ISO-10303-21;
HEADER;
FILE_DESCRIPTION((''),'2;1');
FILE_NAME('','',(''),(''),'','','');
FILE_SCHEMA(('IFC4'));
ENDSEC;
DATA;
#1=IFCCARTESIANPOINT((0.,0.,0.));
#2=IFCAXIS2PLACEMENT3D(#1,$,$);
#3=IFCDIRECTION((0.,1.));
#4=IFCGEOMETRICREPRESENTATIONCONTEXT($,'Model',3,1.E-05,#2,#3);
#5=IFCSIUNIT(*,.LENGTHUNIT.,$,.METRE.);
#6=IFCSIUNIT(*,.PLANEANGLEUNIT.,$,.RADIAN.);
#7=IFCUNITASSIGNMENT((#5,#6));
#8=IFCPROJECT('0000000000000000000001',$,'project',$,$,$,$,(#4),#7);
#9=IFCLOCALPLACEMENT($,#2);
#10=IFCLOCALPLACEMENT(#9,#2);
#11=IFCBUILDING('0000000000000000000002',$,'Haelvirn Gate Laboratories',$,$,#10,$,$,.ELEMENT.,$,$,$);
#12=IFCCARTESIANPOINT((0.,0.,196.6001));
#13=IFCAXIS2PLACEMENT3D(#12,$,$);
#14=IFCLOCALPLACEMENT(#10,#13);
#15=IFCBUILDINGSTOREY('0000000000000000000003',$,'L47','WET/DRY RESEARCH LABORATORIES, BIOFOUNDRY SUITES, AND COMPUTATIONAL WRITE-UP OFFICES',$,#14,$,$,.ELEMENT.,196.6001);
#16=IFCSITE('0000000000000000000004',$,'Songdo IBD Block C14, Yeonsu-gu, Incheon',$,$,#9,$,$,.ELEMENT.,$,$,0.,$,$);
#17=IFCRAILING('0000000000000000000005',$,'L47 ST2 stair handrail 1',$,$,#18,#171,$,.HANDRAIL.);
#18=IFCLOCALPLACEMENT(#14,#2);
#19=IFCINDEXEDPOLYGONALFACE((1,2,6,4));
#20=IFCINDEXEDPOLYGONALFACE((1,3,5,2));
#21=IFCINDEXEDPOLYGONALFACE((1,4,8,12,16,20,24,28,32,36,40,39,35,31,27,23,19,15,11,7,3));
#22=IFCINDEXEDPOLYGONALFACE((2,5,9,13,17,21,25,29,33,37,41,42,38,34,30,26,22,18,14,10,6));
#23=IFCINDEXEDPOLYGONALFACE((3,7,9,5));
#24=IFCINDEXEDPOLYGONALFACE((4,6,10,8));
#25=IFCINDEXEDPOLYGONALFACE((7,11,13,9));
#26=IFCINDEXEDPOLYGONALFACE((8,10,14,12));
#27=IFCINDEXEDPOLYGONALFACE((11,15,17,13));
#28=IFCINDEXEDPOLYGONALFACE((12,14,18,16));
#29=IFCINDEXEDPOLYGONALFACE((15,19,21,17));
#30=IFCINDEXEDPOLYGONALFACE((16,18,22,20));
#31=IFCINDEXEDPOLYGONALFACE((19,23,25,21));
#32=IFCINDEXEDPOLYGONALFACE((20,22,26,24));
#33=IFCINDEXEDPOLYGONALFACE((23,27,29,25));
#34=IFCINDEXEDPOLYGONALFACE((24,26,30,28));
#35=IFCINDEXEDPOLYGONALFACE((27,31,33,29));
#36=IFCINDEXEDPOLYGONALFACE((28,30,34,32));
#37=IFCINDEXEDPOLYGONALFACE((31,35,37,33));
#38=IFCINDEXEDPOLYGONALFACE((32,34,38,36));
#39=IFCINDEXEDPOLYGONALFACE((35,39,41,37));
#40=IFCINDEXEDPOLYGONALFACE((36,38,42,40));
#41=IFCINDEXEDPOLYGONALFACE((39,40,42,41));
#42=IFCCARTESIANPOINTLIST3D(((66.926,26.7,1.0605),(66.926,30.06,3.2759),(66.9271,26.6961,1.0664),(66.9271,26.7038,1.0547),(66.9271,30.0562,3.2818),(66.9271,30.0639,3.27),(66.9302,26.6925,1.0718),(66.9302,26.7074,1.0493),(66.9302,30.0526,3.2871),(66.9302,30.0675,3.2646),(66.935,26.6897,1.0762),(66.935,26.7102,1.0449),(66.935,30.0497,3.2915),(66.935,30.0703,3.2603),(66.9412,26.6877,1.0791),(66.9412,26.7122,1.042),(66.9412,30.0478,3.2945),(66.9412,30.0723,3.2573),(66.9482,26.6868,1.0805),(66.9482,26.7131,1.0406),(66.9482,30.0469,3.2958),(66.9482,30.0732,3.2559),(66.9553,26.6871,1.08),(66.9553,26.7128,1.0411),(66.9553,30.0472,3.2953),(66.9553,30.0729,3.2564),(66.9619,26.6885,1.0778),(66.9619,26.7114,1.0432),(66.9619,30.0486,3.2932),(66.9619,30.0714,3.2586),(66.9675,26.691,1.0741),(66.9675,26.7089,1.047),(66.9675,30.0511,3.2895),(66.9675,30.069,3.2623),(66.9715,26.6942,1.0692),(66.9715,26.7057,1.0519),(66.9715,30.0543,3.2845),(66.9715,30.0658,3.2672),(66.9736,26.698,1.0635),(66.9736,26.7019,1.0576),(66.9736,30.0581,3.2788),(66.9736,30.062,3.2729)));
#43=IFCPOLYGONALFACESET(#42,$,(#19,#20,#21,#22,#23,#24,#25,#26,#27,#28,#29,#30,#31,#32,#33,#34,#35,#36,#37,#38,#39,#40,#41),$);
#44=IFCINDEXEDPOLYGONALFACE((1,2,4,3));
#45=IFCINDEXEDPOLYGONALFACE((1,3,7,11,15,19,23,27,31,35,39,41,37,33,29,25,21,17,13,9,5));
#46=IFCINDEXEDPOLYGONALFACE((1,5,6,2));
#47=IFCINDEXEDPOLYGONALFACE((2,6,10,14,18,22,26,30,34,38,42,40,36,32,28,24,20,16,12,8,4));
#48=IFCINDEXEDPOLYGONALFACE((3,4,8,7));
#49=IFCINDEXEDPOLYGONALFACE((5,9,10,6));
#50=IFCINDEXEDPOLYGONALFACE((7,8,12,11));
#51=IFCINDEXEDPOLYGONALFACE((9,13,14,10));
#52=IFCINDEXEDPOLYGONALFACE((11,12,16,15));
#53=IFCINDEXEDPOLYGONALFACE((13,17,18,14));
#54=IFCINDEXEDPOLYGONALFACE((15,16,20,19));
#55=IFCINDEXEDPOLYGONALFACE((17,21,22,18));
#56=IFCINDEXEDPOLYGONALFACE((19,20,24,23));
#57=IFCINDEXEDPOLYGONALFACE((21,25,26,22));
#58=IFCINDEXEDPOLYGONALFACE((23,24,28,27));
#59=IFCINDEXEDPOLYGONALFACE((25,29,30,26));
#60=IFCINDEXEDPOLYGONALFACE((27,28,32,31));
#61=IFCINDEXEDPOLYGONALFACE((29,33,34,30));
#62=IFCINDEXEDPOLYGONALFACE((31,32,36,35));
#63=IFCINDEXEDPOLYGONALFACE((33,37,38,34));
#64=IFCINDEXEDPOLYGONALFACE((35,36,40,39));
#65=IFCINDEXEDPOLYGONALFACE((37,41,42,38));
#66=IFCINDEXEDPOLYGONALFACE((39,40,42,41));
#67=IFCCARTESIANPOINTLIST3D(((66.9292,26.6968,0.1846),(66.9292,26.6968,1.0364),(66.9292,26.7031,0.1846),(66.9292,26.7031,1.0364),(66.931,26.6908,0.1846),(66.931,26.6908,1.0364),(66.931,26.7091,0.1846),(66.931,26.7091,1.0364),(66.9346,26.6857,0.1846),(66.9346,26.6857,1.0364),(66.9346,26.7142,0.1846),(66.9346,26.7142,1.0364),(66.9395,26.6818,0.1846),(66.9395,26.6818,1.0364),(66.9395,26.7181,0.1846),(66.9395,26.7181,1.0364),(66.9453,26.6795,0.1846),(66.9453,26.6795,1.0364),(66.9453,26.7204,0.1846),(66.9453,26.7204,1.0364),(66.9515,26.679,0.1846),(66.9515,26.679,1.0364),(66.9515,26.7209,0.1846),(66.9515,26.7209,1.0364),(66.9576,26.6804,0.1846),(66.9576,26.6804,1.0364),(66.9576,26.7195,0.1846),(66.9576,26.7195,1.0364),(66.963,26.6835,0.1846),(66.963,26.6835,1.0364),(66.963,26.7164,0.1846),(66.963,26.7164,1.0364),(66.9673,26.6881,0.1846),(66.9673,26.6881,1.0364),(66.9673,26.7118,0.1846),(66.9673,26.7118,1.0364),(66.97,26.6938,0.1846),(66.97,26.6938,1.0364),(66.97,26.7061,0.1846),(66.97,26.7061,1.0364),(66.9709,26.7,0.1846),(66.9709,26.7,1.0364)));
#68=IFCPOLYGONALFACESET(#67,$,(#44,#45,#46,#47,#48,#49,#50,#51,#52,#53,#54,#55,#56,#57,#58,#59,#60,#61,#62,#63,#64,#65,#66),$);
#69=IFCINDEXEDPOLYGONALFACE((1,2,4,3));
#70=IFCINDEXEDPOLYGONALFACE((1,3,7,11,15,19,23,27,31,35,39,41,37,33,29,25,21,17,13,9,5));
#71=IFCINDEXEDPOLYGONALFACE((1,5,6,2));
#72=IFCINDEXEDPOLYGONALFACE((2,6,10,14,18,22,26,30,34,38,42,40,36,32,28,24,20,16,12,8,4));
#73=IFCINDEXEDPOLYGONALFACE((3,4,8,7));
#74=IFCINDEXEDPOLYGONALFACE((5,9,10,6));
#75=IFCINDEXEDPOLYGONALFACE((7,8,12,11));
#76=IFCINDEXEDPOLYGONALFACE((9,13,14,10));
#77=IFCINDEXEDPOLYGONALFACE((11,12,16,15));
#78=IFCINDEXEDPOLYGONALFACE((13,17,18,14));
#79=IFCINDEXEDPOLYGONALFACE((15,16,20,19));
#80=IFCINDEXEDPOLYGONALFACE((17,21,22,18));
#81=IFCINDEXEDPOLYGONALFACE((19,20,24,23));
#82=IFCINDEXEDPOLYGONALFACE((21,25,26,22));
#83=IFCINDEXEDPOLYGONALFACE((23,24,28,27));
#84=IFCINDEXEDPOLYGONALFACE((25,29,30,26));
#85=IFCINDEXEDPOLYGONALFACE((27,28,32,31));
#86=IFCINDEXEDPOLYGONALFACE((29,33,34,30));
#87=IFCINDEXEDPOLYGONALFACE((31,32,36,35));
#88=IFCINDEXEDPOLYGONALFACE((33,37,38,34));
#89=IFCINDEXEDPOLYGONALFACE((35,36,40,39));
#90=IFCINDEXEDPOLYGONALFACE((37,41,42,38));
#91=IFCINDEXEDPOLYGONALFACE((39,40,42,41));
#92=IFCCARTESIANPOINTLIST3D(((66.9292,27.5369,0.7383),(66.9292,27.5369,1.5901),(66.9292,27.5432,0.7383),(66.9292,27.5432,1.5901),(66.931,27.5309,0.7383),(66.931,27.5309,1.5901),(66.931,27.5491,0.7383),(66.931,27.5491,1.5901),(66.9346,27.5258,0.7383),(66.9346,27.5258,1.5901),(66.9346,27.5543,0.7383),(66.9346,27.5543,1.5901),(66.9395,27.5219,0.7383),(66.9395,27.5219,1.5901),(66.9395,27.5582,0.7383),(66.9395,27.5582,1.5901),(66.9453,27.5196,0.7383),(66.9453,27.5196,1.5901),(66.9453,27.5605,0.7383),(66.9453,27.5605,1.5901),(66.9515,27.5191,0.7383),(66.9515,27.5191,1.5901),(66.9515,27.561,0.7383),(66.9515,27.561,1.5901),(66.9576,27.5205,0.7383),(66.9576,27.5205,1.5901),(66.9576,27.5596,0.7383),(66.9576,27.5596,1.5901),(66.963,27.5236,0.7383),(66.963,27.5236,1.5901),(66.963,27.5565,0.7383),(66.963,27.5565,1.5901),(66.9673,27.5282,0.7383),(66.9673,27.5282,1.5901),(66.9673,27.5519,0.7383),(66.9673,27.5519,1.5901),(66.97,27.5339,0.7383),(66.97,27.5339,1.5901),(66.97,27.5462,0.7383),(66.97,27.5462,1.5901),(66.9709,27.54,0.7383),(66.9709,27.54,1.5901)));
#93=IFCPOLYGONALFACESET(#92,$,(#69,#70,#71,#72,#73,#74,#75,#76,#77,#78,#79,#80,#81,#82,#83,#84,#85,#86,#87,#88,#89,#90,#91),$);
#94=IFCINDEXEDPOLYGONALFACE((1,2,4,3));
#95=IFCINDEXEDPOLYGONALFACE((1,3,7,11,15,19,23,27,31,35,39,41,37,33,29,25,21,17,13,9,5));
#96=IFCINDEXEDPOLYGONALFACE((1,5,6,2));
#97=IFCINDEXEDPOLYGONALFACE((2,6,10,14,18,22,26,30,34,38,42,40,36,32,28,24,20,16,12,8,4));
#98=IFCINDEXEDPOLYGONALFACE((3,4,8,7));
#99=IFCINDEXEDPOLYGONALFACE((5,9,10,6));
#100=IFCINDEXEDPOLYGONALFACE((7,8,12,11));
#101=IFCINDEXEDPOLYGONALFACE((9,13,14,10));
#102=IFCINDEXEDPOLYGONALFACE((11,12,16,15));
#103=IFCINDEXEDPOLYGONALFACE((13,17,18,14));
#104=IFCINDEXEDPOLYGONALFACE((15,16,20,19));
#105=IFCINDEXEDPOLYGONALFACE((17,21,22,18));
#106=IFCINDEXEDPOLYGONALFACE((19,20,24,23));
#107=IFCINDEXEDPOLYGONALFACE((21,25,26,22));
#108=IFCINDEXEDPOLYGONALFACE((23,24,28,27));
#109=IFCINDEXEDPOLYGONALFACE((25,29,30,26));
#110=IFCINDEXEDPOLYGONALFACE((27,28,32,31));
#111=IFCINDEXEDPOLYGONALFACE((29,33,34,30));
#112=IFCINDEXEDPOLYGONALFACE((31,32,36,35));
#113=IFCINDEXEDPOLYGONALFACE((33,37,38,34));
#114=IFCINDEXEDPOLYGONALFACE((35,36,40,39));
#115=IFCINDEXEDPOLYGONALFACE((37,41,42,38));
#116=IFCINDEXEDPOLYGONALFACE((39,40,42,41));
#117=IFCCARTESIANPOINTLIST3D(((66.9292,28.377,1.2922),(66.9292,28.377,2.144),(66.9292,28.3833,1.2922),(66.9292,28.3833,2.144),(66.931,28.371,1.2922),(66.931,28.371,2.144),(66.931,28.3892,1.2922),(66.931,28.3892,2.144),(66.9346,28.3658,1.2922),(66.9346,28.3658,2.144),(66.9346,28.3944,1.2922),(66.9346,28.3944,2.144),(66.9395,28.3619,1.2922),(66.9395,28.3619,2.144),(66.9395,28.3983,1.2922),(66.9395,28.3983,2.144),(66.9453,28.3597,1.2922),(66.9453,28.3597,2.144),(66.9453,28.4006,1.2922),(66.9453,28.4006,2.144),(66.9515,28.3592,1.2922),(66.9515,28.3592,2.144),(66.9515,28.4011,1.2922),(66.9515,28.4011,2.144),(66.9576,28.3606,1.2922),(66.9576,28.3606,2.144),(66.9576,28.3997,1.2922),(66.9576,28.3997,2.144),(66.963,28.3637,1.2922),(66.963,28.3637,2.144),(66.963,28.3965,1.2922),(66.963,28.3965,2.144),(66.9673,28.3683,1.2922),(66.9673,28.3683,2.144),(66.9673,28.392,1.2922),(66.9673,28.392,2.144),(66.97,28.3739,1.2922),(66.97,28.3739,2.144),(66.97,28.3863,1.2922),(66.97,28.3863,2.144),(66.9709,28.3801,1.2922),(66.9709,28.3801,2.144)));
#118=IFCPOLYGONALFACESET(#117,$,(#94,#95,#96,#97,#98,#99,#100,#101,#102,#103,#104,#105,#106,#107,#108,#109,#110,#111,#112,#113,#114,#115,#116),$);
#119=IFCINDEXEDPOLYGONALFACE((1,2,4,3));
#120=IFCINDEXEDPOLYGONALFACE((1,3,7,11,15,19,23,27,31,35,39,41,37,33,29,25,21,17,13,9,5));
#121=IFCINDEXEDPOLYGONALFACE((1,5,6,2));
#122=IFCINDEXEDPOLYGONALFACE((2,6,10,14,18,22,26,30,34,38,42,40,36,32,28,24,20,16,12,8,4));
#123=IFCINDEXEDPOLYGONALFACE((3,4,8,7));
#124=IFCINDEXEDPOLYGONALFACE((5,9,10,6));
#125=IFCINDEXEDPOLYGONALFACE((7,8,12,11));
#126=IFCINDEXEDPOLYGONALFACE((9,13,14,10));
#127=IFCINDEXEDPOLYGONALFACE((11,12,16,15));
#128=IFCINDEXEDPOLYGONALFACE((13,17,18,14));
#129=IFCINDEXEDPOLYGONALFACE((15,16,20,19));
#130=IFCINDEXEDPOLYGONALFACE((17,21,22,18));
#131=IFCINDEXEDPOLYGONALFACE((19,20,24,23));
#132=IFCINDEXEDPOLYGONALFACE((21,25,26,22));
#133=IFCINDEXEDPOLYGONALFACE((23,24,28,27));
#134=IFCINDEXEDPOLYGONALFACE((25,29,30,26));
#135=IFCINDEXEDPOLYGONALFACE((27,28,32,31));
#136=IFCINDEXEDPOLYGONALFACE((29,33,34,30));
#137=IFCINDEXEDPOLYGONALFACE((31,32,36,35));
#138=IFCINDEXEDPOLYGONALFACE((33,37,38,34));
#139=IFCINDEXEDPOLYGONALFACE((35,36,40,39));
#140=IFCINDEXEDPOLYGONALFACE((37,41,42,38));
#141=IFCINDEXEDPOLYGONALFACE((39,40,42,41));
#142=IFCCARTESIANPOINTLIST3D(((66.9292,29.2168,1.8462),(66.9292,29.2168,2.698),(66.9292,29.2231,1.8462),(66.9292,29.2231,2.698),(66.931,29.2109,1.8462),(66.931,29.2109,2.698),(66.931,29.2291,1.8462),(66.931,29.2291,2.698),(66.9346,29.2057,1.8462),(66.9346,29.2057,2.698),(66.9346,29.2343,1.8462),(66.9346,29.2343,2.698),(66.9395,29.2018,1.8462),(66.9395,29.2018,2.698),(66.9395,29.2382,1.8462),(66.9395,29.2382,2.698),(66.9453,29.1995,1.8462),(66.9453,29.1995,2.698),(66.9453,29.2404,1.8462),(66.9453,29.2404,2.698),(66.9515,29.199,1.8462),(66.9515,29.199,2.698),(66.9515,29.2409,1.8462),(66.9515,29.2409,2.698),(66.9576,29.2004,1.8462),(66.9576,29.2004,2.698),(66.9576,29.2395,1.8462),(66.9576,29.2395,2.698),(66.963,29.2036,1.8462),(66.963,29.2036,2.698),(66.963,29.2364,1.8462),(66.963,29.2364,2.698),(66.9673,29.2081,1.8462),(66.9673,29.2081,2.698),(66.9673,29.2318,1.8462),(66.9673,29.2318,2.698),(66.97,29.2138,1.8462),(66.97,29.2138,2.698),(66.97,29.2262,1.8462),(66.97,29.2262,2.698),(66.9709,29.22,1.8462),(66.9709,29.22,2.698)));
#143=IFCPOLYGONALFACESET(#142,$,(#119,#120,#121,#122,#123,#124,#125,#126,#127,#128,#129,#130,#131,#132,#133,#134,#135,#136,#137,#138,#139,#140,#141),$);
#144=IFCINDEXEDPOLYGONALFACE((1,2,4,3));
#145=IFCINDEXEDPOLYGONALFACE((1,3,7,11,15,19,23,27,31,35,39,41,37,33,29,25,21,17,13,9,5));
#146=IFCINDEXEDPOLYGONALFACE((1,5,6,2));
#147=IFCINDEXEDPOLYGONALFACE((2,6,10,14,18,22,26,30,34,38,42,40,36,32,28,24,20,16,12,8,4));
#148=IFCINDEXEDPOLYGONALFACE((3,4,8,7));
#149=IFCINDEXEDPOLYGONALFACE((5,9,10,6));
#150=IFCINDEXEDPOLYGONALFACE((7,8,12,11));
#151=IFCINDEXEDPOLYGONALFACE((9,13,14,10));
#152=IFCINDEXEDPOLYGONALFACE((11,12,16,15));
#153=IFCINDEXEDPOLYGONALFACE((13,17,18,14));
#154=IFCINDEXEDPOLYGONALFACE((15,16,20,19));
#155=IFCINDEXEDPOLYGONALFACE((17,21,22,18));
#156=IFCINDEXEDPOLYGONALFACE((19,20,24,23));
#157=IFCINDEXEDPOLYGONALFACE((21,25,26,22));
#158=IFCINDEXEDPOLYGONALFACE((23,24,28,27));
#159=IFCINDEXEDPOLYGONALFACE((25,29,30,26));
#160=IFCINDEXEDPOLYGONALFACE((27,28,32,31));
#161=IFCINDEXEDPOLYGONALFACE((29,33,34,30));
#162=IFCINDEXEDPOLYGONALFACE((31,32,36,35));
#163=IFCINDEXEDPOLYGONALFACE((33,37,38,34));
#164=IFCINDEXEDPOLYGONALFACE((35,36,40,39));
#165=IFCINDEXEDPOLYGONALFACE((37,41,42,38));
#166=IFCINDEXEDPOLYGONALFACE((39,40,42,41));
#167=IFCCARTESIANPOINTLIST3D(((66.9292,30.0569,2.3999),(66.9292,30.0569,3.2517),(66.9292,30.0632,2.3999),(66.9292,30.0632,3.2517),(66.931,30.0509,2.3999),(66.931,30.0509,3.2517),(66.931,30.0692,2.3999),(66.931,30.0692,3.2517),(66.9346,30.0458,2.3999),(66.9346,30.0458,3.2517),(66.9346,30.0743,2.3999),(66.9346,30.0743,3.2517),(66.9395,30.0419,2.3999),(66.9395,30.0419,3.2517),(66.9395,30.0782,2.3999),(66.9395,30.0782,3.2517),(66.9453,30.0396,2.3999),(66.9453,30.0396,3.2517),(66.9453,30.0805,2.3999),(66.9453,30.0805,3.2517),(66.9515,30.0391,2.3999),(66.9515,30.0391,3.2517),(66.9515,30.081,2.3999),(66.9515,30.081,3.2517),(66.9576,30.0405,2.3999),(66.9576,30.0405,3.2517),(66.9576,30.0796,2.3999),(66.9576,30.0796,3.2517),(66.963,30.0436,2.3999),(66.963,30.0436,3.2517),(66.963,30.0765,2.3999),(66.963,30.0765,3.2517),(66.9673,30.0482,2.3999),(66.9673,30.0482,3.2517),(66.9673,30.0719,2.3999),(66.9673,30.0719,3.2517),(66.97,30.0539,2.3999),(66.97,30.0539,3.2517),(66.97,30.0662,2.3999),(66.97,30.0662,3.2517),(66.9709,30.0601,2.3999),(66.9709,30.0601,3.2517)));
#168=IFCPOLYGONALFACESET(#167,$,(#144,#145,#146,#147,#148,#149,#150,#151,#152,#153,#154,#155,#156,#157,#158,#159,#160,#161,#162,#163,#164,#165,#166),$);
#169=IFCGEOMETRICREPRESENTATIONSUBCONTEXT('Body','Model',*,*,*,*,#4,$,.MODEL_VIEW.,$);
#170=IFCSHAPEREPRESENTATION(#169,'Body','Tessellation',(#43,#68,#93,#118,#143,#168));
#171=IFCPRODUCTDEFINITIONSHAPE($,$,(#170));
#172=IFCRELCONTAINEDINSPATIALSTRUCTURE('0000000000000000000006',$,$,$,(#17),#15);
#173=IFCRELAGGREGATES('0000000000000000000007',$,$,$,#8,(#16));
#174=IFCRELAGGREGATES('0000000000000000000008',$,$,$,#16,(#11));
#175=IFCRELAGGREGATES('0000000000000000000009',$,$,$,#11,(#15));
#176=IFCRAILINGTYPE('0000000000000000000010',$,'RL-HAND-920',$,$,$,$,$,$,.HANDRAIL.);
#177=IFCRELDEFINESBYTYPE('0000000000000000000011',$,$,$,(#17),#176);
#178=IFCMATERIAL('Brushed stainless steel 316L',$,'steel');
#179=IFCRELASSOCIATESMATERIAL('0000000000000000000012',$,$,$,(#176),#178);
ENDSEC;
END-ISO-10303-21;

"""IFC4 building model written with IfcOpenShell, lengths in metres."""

from ifc_helpers import new_model, si_unit, direction, frame, origin, origin_2d, place, context, subcontext, project, spatial, circle, extrude, source, transform, mapped, material, type_object, element, save


model = new_model("IFC4")

# Units and contexts
model_context = context("Model", 3, precision=1e-05, world=origin(), true_north=direction((0.0, 1.0)))
body_context = subcontext(model_context, "Body", "Model", "MODEL_VIEW")
ifc_project = project(units=[si_unit("LENGTHUNIT", "METRE"), si_unit("PLANEANGLEUNIT", "RADIAN")], contexts=[model_context])

# Site, building, storey
site_placement = place(None, origin())
site = spatial("IfcSite", under=ifc_project, at=site_placement, Name="Songdo IBD Block C14, Yeonsu-gu, Incheon", CompositionType="ELEMENT", RefElevation=0.0)
building_placement = place(site_placement, origin())
building = spatial("IfcBuilding", under=site, at=building_placement, Name="Haelvirn Gate Laboratories", CompositionType="ELEMENT")
storey_placement = place(building_placement, frame((0.0, 0.0, 196.6001)))
storey = spatial("IfcBuildingStorey", under=building, at=storey_placement, Name="L47", Description="WET/DRY RESEARCH LABORATORIES, BIOFOUNDRY SUITES, AND COMPUTATIONAL WRITE-UP OFFICES", CompositionType="ELEMENT", Elevation=196.6001)

# Railing
ifc_material_1 = material(Name="Brushed stainless steel 316L", Category="steel")
railing_type_1 = type_object("IfcRailingType", Name="RL-HAND-920", PredefinedType="HANDRAIL", material=ifc_material_1)
shared_shape_1 = source(origin(), body_context, "Body", "SweptSolid", [
    extrude(circle(Radius=0.0239, at=origin_2d()), frame((0.0, 0.0, 0.876), z_axis=(0.0, 0.834876, 0.550437), x_axis=(-1.0, 0.0, 0.0)), (0.0, 0.0, 1.0), 4.0247),
    extrude(circle(Radius=0.021, at=origin_2d()), origin(), (0.0, 0.0, 1.0), 0.8518),
    extrude(circle(Radius=0.021, at=origin_2d()), frame((0.0, 0.8401, 0.5537)), (0.0, 0.0, 1.0), 0.8518),
    extrude(circle(Radius=0.021, at=origin_2d()), frame((0.0, 1.6802, 1.1077)), (0.0, 0.0, 1.0), 0.8518),
    extrude(circle(Radius=0.021, at=origin_2d()), frame((0.0, 2.52, 1.6616)), (0.0, 0.0, 1.0), 0.8518),
    extrude(circle(Radius=0.021, at=origin_2d()), frame((0.0, 3.3601, 2.2153)), (0.0, 0.0, 1.0), 0.8518),
])
railing_1_placement = place(storey_placement, frame((66.95, 26.7, 0.1846)))
element("IfcRailing", 1, at=railing_1_placement, inside=storey, type_object=railing_type_1, Name="L47 ST2 stair handrail 1", PredefinedType="HANDRAIL", context=body_context, shape_type="MappedRepresentation", body=[
    mapped(shared_shape_1, transform((0.0, 0.0, 0.0), scale=1.0)),
])

save(model, "model.ifc")
